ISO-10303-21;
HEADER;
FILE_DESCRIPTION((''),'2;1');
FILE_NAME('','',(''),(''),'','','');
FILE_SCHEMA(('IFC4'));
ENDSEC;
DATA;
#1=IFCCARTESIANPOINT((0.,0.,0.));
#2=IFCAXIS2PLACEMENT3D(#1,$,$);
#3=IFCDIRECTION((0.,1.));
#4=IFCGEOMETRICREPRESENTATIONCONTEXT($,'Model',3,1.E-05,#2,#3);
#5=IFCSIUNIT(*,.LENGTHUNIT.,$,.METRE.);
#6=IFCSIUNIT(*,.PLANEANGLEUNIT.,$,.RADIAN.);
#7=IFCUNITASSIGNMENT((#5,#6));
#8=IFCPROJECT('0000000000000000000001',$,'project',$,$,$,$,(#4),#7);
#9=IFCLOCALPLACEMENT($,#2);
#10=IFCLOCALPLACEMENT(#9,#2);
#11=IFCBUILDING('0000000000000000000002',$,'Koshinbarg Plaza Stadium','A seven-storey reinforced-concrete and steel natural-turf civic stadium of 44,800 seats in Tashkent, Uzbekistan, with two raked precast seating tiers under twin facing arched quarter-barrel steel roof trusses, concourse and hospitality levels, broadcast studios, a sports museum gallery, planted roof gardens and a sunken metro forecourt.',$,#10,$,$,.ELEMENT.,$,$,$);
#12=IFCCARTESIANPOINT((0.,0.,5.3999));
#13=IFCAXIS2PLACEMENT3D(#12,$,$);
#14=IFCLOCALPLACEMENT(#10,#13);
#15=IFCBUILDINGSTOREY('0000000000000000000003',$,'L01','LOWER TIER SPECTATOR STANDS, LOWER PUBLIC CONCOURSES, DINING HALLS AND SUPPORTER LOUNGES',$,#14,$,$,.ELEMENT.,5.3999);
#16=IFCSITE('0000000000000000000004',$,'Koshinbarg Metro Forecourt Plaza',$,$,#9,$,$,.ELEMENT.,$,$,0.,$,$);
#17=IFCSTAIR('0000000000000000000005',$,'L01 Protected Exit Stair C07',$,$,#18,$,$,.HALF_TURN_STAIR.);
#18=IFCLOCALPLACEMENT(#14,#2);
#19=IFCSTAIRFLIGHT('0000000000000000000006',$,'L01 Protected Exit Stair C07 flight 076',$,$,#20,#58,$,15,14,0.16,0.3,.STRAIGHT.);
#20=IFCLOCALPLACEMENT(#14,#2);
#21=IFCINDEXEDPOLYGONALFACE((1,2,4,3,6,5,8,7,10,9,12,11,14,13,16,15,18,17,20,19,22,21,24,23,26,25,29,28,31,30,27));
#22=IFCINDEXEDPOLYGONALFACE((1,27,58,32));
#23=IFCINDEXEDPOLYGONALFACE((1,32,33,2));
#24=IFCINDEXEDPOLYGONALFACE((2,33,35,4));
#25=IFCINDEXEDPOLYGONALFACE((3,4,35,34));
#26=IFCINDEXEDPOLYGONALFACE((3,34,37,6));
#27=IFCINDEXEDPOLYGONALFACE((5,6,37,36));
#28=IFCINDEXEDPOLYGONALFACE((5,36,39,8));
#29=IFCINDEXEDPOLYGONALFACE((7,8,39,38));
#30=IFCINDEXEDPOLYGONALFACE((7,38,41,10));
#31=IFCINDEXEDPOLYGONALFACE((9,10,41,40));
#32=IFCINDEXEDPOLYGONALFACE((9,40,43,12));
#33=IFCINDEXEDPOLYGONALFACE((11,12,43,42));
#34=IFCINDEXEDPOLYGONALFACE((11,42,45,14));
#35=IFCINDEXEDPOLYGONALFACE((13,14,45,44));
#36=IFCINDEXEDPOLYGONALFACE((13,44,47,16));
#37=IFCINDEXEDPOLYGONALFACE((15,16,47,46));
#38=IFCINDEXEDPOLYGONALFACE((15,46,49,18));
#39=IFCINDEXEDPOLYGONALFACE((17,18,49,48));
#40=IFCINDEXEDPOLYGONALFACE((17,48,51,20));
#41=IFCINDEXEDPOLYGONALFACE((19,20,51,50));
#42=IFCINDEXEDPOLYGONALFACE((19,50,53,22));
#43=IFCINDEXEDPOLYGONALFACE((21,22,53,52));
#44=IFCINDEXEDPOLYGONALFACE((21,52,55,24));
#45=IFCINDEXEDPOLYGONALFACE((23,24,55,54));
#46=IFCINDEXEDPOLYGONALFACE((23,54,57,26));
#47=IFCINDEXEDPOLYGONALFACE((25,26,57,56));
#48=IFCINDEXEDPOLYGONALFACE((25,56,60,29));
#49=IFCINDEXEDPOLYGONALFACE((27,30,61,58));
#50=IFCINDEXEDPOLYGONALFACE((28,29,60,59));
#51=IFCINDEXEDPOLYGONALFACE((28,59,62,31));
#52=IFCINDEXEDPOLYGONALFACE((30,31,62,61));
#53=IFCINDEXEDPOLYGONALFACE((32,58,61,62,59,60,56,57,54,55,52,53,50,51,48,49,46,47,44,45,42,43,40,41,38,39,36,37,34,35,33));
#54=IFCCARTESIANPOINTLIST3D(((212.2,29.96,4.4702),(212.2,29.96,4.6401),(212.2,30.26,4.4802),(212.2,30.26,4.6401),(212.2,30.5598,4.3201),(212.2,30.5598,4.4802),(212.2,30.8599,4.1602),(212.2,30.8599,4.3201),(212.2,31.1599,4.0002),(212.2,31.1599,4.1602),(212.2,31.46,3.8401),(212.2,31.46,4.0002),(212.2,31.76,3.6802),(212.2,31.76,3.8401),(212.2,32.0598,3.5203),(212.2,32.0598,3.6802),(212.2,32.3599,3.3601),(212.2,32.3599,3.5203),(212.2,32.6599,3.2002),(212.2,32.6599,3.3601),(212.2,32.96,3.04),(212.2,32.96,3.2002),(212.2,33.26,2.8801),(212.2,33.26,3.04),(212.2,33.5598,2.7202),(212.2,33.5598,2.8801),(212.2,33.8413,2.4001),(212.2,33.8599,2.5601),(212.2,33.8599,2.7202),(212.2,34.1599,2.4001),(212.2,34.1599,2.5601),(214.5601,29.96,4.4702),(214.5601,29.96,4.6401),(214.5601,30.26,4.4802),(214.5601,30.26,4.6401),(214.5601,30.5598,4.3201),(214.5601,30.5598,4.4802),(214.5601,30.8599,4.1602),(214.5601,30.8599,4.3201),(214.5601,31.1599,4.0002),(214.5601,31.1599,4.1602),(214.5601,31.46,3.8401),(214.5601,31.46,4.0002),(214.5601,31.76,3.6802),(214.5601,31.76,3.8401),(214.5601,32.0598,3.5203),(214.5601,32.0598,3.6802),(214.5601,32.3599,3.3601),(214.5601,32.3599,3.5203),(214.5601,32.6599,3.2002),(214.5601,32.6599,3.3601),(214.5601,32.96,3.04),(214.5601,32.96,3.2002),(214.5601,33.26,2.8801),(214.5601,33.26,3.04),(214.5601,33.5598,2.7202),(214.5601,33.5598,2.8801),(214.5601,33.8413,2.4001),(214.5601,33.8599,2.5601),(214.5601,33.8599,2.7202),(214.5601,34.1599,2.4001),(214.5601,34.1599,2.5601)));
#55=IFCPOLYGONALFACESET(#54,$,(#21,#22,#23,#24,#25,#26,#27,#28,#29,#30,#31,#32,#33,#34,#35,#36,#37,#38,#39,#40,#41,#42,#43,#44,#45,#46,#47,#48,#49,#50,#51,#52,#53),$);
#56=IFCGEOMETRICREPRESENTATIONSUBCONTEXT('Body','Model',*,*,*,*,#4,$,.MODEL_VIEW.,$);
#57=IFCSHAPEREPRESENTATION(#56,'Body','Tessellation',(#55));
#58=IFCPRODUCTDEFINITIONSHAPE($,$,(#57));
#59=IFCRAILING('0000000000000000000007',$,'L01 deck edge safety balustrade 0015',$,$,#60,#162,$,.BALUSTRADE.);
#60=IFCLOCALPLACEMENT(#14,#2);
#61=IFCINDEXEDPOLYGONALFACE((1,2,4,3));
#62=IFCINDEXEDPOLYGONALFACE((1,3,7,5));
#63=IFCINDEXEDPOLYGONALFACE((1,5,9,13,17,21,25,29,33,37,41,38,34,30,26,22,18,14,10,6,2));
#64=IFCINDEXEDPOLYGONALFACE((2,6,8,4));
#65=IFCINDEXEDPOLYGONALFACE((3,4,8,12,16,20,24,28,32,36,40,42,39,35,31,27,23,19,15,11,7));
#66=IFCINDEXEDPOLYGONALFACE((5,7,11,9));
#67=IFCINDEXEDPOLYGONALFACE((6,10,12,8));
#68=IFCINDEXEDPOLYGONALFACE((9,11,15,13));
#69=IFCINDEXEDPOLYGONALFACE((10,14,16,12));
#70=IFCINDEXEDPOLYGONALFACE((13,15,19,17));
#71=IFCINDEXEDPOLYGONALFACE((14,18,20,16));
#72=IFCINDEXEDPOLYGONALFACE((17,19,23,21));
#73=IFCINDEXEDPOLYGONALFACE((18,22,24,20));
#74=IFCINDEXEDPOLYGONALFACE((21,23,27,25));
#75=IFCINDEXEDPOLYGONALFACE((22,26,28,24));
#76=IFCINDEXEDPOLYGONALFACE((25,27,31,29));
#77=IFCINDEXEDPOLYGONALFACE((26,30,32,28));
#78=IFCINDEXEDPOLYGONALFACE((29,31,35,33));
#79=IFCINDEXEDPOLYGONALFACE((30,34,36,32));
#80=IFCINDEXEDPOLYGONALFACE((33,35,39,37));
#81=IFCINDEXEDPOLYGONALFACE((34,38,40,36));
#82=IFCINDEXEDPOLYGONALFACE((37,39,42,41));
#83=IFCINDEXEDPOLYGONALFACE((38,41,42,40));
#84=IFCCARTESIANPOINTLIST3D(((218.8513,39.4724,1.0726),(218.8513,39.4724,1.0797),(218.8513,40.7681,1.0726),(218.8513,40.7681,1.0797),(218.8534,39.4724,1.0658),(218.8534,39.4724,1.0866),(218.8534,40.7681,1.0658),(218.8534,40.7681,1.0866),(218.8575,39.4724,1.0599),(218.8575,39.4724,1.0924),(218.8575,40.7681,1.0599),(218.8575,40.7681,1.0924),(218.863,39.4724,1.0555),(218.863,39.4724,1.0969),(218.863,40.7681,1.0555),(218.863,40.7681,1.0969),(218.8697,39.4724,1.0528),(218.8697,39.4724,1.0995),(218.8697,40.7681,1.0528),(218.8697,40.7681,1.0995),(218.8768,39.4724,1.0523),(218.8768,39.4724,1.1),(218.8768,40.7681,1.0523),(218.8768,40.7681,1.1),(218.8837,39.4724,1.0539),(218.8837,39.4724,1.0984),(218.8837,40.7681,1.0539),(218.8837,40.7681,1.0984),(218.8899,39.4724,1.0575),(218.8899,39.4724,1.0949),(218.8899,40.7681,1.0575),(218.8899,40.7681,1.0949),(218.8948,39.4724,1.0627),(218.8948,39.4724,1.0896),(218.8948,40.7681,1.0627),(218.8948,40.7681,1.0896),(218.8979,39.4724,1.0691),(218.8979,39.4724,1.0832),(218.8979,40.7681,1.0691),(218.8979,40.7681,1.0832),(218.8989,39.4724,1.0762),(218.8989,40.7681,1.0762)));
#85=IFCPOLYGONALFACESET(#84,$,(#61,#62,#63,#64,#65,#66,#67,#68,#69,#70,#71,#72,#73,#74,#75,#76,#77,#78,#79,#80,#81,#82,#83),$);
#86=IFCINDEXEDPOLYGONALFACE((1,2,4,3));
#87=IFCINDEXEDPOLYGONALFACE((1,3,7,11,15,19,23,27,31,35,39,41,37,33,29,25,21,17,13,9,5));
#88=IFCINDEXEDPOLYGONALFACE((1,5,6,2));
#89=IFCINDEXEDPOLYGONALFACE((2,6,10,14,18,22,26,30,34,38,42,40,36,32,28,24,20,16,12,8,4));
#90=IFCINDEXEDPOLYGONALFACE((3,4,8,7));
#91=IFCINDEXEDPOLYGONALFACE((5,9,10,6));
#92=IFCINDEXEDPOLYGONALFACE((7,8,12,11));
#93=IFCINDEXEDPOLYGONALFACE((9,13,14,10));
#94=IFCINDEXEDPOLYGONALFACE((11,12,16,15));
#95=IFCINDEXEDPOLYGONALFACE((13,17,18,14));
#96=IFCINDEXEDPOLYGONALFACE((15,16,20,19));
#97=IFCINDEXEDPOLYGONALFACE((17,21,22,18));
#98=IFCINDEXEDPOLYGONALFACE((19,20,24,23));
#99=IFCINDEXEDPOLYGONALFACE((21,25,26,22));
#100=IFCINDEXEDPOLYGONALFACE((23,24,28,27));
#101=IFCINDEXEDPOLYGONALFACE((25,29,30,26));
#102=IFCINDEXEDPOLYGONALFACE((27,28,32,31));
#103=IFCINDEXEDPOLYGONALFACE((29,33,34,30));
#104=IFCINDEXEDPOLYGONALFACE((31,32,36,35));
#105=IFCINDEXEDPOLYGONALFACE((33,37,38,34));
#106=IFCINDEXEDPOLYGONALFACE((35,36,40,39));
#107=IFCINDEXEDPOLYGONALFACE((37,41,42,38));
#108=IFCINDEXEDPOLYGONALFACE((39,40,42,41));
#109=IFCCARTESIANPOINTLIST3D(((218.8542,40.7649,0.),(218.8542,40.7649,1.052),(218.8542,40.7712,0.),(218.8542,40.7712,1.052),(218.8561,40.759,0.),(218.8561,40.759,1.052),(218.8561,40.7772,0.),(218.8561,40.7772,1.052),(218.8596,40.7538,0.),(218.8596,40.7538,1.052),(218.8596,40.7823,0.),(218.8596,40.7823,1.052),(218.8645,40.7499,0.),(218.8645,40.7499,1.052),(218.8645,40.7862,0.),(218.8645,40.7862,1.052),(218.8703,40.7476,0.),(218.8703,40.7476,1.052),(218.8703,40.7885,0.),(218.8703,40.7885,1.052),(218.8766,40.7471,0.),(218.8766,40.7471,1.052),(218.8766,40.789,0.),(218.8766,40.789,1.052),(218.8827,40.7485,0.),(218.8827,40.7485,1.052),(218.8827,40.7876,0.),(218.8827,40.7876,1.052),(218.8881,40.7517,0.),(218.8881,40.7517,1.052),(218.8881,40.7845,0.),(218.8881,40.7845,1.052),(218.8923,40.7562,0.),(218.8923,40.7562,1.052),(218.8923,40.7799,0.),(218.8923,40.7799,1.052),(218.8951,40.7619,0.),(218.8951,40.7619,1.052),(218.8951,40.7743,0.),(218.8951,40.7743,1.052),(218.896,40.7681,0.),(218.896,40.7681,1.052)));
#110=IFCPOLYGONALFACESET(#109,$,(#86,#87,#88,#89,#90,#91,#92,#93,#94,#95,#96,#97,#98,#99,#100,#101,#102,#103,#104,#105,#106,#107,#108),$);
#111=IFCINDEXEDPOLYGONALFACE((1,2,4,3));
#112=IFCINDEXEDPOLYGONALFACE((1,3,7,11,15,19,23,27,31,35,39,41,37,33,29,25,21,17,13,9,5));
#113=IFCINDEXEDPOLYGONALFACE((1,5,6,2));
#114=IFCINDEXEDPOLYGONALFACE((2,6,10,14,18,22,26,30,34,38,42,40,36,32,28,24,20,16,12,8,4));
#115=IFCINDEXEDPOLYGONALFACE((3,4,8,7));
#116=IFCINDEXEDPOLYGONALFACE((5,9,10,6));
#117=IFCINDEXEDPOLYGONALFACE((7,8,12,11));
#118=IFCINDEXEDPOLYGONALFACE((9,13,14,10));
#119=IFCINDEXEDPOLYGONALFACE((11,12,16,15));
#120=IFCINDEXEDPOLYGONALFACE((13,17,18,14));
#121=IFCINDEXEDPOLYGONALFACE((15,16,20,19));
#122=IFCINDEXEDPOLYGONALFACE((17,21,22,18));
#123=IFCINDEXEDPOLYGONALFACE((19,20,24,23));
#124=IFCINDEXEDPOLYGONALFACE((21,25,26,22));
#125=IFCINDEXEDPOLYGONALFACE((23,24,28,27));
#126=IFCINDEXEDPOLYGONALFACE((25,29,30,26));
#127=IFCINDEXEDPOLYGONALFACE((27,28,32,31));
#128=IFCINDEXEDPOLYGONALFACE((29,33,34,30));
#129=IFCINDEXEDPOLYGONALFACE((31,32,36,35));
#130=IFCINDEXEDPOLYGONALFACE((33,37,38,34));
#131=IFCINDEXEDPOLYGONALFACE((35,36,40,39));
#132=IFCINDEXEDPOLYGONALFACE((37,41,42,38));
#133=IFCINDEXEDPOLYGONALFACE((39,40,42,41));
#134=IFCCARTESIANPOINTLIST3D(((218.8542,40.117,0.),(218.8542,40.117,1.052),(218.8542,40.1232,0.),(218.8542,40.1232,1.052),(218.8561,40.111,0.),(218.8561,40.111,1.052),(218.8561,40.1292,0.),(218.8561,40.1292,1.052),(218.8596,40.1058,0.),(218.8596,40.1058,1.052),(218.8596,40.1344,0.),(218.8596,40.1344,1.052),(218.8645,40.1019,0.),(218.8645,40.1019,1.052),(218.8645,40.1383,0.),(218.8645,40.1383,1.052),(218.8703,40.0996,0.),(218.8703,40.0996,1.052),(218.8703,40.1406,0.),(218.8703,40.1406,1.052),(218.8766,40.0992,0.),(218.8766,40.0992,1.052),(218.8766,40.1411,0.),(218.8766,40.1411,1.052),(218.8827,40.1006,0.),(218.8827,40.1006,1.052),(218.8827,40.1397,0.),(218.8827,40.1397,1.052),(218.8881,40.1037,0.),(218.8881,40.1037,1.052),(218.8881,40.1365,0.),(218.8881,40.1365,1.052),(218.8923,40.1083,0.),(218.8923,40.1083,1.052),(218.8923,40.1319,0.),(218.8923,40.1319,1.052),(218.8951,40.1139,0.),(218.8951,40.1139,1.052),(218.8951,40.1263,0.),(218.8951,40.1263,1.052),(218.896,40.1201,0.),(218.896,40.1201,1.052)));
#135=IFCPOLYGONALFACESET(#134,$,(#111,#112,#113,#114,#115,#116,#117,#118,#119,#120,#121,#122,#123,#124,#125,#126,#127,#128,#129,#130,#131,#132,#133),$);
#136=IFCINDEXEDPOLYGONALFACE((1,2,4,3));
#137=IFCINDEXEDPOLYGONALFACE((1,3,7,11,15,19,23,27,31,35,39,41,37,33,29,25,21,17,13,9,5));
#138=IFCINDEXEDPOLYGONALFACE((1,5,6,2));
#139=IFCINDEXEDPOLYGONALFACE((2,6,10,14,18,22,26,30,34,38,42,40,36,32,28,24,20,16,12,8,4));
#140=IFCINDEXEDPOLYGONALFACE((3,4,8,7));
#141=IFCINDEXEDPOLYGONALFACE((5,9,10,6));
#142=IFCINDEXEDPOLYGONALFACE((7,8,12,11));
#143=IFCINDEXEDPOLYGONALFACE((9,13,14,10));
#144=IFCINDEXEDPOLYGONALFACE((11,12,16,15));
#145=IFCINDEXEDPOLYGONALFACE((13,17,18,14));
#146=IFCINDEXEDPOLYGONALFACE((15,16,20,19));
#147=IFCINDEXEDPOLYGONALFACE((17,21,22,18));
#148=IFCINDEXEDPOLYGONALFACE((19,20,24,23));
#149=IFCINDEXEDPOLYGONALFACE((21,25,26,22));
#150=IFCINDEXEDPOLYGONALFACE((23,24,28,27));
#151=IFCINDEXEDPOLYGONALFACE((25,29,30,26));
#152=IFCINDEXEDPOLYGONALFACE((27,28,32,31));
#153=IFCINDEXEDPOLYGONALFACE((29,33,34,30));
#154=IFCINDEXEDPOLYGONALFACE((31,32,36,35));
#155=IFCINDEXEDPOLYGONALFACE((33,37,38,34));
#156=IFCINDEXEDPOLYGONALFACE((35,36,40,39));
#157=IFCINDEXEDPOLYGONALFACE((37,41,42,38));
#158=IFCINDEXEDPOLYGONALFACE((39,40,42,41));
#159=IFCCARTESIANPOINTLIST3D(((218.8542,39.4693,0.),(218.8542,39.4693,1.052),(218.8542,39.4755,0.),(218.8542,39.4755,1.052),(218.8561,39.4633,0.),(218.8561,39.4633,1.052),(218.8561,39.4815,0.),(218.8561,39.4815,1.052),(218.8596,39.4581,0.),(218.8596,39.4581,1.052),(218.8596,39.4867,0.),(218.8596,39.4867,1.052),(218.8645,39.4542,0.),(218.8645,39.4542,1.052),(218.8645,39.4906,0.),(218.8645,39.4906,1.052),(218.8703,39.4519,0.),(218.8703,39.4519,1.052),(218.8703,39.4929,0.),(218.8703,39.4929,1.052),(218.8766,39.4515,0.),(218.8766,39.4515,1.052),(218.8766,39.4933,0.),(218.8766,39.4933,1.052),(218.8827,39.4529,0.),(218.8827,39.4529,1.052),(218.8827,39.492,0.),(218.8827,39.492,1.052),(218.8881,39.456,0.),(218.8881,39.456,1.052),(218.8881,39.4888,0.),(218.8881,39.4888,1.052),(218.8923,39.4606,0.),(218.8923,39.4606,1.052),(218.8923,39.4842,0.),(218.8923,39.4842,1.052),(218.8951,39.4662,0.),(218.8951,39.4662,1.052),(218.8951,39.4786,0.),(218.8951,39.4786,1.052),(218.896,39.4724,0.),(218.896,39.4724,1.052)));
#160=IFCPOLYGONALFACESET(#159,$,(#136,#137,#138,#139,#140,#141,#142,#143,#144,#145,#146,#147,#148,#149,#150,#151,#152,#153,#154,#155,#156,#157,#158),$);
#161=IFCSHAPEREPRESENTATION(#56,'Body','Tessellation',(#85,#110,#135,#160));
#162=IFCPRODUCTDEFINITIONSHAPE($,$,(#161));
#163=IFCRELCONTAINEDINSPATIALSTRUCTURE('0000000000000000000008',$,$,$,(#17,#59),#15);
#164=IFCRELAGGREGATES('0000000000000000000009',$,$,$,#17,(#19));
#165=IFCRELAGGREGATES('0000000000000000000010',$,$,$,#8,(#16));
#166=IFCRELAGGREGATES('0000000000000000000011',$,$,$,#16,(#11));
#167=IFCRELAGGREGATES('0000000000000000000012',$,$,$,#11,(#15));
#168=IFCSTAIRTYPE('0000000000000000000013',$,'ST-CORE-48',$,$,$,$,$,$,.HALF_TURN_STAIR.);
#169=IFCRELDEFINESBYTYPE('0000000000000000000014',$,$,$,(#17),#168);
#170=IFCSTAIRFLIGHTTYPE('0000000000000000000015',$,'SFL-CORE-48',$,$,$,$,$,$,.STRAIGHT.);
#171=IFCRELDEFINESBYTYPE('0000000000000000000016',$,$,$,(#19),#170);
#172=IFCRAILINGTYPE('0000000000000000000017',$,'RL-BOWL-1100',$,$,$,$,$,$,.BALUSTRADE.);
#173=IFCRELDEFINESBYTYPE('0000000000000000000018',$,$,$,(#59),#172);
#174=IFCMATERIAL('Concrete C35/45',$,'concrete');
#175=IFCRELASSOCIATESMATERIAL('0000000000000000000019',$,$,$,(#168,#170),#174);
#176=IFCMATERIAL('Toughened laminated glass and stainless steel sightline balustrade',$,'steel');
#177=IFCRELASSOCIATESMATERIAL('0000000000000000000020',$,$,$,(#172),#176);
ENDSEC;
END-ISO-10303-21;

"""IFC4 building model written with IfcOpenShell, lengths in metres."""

from ifc_helpers import new_model, si_unit, direction, frame, origin, origin_2d, place, context, subcontext, project, spatial, polyline, circle, outline, extrude, material, type_object, element, aggregate, save


model = new_model("IFC4")

# Units and contexts
model_context = context("Model", 3, precision=1e-05, world=origin(), true_north=direction((0.0, 1.0)))
body_context = subcontext(model_context, "Body", "Model", "MODEL_VIEW")
ifc_project = project(units=[si_unit("LENGTHUNIT", "METRE"), si_unit("PLANEANGLEUNIT", "RADIAN")], contexts=[model_context])

# Site, building, storey
site_placement = place(None, origin())
site = spatial("IfcSite", under=ifc_project, at=site_placement, Name="Koshinbarg Metro Forecourt Plaza", CompositionType="ELEMENT", RefElevation=0.0)
building_placement = place(site_placement, origin())
building = spatial("IfcBuilding", under=site, at=building_placement, Name="Koshinbarg Plaza Stadium", Description="A seven-storey reinforced-concrete and steel natural-turf civic stadium of 44,800 seats in Tashkent, Uzbekistan, with two raked precast seating tiers under twin facing arched quarter-barrel steel roof trusses, concourse and hospitality levels, broadcast studios, a sports museum gallery, planted roof gardens and a sunken metro forecourt.", CompositionType="ELEMENT")
storey_placement = place(building_placement, frame((0.0, 0.0, 5.3999)))
storey = spatial("IfcBuildingStorey", under=building, at=storey_placement, Name="L01", Description="LOWER TIER SPECTATOR STANDS, LOWER PUBLIC CONCOURSES, DINING HALLS AND SUPPORTER LOUNGES", CompositionType="ELEMENT", Elevation=5.3999)

# Stair, stair flight
ifc_material_1 = material(Name="Concrete C35/45", Category="concrete")
stair_type = type_object("IfcStairType", Name="ST-CORE-48", PredefinedType="HALF_TURN_STAIR", material=ifc_material_1)
stair_placement = place(storey_placement, origin())
stair = element("IfcStair", 1, at=stair_placement, inside=storey, type_object=stair_type, Name="L01 Protected Exit Stair C07", PredefinedType="HALF_TURN_STAIR")
stair_flight_type = type_object("IfcStairFlightType", Name="SFL-CORE-48", PredefinedType="STRAIGHT", material=ifc_material_1)
stair_flight_1_placement = place(storey_placement, frame((213.3799, 34.1599, 2.4001), z_axis=(0.0, 0.0, 1.0), x_axis=(0.0, -1.0, 0.0)))
stair_flight_1 = element("IfcStairFlight", 2, at=stair_flight_1_placement, type_object=stair_flight_type, Name="L01 Protected Exit Stair C07 flight 076", NumberOfRisers=15, NumberOfTreads=14, PredefinedType="STRAIGHT", RiserHeight=0.16, TreadLength=0.3, context=body_context, shape_type="SweptSolid", body=[
    extrude(outline(polyline([(0.0, 0.0), (0.0, 0.1599), (0.3, 0.1599), (0.3, 0.3201), (0.6001, 0.3201), (0.6001, 0.48), (0.8999, 0.48), (0.8999, 0.6399), (1.2, 0.6399), (1.2, 0.8), (1.5, 0.8), (1.5, 0.96), (1.8, 0.96), (1.8, 1.1201), (2.1001, 1.1201), (2.1001, 1.28), (2.3999, 1.28), (2.3999, 1.4399), (2.7, 1.4399), (2.7, 1.6001), (3.0, 1.6001), (3.0, 1.76), (3.3, 1.76), (3.3, 1.9199), (3.6001, 1.9199), (3.6001, 2.0801), (3.8999, 2.0801), (3.8999, 2.24), (4.2, 2.24), (4.2, 2.3999), (4.2, 2.0701), (0.3186, 0.0), (0.0, 0.0)])), frame((0.0, 1.1802, 0.0), z_axis=(0.0, -1.0, 0.0), x_axis=(1.0, 0.0, 0.0)), (0.0, 0.0, 1.0), 2.3601),
])
aggregate(stair, [stair_flight_1])

# Railing
ifc_material_2 = material(Name="Toughened laminated glass and stainless steel sightline balustrade", Category="steel")
railing_type_1 = type_object("IfcRailingType", Name="RL-BOWL-1100", PredefinedType="BALUSTRADE", material=ifc_material_2)
railing_1_placement = place(storey_placement, frame((218.875, 40.7681, 0.0)))
element("IfcRailing", 3, at=railing_1_placement, inside=storey, type_object=railing_type_1, Name="L01 deck edge safety balustrade 0015", PredefinedType="BALUSTRADE", context=body_context, shape_type="SweptSolid", body=[
    extrude(circle(Radius=0.0239, at=origin_2d()), frame((0.0, 0.0, 1.0762), z_axis=(0.0, -1.0, 0.0), x_axis=(1.0, 0.0, 0.0)), (0.0, 0.0, 1.0), 1.2957),
    extrude(circle(Radius=0.021, at=origin_2d()), origin(), (0.0, 0.0, 1.0), 1.052),
    extrude(circle(Radius=0.021, at=origin_2d()), frame((0.0, -0.6479, 0.0)), (0.0, 0.0, 1.0), 1.052),
    extrude(circle(Radius=0.021, at=origin_2d()), frame((0.0, -1.2957, 0.0)), (0.0, 0.0, 1.0), 1.052),
])

save(model, "model.ifc")
